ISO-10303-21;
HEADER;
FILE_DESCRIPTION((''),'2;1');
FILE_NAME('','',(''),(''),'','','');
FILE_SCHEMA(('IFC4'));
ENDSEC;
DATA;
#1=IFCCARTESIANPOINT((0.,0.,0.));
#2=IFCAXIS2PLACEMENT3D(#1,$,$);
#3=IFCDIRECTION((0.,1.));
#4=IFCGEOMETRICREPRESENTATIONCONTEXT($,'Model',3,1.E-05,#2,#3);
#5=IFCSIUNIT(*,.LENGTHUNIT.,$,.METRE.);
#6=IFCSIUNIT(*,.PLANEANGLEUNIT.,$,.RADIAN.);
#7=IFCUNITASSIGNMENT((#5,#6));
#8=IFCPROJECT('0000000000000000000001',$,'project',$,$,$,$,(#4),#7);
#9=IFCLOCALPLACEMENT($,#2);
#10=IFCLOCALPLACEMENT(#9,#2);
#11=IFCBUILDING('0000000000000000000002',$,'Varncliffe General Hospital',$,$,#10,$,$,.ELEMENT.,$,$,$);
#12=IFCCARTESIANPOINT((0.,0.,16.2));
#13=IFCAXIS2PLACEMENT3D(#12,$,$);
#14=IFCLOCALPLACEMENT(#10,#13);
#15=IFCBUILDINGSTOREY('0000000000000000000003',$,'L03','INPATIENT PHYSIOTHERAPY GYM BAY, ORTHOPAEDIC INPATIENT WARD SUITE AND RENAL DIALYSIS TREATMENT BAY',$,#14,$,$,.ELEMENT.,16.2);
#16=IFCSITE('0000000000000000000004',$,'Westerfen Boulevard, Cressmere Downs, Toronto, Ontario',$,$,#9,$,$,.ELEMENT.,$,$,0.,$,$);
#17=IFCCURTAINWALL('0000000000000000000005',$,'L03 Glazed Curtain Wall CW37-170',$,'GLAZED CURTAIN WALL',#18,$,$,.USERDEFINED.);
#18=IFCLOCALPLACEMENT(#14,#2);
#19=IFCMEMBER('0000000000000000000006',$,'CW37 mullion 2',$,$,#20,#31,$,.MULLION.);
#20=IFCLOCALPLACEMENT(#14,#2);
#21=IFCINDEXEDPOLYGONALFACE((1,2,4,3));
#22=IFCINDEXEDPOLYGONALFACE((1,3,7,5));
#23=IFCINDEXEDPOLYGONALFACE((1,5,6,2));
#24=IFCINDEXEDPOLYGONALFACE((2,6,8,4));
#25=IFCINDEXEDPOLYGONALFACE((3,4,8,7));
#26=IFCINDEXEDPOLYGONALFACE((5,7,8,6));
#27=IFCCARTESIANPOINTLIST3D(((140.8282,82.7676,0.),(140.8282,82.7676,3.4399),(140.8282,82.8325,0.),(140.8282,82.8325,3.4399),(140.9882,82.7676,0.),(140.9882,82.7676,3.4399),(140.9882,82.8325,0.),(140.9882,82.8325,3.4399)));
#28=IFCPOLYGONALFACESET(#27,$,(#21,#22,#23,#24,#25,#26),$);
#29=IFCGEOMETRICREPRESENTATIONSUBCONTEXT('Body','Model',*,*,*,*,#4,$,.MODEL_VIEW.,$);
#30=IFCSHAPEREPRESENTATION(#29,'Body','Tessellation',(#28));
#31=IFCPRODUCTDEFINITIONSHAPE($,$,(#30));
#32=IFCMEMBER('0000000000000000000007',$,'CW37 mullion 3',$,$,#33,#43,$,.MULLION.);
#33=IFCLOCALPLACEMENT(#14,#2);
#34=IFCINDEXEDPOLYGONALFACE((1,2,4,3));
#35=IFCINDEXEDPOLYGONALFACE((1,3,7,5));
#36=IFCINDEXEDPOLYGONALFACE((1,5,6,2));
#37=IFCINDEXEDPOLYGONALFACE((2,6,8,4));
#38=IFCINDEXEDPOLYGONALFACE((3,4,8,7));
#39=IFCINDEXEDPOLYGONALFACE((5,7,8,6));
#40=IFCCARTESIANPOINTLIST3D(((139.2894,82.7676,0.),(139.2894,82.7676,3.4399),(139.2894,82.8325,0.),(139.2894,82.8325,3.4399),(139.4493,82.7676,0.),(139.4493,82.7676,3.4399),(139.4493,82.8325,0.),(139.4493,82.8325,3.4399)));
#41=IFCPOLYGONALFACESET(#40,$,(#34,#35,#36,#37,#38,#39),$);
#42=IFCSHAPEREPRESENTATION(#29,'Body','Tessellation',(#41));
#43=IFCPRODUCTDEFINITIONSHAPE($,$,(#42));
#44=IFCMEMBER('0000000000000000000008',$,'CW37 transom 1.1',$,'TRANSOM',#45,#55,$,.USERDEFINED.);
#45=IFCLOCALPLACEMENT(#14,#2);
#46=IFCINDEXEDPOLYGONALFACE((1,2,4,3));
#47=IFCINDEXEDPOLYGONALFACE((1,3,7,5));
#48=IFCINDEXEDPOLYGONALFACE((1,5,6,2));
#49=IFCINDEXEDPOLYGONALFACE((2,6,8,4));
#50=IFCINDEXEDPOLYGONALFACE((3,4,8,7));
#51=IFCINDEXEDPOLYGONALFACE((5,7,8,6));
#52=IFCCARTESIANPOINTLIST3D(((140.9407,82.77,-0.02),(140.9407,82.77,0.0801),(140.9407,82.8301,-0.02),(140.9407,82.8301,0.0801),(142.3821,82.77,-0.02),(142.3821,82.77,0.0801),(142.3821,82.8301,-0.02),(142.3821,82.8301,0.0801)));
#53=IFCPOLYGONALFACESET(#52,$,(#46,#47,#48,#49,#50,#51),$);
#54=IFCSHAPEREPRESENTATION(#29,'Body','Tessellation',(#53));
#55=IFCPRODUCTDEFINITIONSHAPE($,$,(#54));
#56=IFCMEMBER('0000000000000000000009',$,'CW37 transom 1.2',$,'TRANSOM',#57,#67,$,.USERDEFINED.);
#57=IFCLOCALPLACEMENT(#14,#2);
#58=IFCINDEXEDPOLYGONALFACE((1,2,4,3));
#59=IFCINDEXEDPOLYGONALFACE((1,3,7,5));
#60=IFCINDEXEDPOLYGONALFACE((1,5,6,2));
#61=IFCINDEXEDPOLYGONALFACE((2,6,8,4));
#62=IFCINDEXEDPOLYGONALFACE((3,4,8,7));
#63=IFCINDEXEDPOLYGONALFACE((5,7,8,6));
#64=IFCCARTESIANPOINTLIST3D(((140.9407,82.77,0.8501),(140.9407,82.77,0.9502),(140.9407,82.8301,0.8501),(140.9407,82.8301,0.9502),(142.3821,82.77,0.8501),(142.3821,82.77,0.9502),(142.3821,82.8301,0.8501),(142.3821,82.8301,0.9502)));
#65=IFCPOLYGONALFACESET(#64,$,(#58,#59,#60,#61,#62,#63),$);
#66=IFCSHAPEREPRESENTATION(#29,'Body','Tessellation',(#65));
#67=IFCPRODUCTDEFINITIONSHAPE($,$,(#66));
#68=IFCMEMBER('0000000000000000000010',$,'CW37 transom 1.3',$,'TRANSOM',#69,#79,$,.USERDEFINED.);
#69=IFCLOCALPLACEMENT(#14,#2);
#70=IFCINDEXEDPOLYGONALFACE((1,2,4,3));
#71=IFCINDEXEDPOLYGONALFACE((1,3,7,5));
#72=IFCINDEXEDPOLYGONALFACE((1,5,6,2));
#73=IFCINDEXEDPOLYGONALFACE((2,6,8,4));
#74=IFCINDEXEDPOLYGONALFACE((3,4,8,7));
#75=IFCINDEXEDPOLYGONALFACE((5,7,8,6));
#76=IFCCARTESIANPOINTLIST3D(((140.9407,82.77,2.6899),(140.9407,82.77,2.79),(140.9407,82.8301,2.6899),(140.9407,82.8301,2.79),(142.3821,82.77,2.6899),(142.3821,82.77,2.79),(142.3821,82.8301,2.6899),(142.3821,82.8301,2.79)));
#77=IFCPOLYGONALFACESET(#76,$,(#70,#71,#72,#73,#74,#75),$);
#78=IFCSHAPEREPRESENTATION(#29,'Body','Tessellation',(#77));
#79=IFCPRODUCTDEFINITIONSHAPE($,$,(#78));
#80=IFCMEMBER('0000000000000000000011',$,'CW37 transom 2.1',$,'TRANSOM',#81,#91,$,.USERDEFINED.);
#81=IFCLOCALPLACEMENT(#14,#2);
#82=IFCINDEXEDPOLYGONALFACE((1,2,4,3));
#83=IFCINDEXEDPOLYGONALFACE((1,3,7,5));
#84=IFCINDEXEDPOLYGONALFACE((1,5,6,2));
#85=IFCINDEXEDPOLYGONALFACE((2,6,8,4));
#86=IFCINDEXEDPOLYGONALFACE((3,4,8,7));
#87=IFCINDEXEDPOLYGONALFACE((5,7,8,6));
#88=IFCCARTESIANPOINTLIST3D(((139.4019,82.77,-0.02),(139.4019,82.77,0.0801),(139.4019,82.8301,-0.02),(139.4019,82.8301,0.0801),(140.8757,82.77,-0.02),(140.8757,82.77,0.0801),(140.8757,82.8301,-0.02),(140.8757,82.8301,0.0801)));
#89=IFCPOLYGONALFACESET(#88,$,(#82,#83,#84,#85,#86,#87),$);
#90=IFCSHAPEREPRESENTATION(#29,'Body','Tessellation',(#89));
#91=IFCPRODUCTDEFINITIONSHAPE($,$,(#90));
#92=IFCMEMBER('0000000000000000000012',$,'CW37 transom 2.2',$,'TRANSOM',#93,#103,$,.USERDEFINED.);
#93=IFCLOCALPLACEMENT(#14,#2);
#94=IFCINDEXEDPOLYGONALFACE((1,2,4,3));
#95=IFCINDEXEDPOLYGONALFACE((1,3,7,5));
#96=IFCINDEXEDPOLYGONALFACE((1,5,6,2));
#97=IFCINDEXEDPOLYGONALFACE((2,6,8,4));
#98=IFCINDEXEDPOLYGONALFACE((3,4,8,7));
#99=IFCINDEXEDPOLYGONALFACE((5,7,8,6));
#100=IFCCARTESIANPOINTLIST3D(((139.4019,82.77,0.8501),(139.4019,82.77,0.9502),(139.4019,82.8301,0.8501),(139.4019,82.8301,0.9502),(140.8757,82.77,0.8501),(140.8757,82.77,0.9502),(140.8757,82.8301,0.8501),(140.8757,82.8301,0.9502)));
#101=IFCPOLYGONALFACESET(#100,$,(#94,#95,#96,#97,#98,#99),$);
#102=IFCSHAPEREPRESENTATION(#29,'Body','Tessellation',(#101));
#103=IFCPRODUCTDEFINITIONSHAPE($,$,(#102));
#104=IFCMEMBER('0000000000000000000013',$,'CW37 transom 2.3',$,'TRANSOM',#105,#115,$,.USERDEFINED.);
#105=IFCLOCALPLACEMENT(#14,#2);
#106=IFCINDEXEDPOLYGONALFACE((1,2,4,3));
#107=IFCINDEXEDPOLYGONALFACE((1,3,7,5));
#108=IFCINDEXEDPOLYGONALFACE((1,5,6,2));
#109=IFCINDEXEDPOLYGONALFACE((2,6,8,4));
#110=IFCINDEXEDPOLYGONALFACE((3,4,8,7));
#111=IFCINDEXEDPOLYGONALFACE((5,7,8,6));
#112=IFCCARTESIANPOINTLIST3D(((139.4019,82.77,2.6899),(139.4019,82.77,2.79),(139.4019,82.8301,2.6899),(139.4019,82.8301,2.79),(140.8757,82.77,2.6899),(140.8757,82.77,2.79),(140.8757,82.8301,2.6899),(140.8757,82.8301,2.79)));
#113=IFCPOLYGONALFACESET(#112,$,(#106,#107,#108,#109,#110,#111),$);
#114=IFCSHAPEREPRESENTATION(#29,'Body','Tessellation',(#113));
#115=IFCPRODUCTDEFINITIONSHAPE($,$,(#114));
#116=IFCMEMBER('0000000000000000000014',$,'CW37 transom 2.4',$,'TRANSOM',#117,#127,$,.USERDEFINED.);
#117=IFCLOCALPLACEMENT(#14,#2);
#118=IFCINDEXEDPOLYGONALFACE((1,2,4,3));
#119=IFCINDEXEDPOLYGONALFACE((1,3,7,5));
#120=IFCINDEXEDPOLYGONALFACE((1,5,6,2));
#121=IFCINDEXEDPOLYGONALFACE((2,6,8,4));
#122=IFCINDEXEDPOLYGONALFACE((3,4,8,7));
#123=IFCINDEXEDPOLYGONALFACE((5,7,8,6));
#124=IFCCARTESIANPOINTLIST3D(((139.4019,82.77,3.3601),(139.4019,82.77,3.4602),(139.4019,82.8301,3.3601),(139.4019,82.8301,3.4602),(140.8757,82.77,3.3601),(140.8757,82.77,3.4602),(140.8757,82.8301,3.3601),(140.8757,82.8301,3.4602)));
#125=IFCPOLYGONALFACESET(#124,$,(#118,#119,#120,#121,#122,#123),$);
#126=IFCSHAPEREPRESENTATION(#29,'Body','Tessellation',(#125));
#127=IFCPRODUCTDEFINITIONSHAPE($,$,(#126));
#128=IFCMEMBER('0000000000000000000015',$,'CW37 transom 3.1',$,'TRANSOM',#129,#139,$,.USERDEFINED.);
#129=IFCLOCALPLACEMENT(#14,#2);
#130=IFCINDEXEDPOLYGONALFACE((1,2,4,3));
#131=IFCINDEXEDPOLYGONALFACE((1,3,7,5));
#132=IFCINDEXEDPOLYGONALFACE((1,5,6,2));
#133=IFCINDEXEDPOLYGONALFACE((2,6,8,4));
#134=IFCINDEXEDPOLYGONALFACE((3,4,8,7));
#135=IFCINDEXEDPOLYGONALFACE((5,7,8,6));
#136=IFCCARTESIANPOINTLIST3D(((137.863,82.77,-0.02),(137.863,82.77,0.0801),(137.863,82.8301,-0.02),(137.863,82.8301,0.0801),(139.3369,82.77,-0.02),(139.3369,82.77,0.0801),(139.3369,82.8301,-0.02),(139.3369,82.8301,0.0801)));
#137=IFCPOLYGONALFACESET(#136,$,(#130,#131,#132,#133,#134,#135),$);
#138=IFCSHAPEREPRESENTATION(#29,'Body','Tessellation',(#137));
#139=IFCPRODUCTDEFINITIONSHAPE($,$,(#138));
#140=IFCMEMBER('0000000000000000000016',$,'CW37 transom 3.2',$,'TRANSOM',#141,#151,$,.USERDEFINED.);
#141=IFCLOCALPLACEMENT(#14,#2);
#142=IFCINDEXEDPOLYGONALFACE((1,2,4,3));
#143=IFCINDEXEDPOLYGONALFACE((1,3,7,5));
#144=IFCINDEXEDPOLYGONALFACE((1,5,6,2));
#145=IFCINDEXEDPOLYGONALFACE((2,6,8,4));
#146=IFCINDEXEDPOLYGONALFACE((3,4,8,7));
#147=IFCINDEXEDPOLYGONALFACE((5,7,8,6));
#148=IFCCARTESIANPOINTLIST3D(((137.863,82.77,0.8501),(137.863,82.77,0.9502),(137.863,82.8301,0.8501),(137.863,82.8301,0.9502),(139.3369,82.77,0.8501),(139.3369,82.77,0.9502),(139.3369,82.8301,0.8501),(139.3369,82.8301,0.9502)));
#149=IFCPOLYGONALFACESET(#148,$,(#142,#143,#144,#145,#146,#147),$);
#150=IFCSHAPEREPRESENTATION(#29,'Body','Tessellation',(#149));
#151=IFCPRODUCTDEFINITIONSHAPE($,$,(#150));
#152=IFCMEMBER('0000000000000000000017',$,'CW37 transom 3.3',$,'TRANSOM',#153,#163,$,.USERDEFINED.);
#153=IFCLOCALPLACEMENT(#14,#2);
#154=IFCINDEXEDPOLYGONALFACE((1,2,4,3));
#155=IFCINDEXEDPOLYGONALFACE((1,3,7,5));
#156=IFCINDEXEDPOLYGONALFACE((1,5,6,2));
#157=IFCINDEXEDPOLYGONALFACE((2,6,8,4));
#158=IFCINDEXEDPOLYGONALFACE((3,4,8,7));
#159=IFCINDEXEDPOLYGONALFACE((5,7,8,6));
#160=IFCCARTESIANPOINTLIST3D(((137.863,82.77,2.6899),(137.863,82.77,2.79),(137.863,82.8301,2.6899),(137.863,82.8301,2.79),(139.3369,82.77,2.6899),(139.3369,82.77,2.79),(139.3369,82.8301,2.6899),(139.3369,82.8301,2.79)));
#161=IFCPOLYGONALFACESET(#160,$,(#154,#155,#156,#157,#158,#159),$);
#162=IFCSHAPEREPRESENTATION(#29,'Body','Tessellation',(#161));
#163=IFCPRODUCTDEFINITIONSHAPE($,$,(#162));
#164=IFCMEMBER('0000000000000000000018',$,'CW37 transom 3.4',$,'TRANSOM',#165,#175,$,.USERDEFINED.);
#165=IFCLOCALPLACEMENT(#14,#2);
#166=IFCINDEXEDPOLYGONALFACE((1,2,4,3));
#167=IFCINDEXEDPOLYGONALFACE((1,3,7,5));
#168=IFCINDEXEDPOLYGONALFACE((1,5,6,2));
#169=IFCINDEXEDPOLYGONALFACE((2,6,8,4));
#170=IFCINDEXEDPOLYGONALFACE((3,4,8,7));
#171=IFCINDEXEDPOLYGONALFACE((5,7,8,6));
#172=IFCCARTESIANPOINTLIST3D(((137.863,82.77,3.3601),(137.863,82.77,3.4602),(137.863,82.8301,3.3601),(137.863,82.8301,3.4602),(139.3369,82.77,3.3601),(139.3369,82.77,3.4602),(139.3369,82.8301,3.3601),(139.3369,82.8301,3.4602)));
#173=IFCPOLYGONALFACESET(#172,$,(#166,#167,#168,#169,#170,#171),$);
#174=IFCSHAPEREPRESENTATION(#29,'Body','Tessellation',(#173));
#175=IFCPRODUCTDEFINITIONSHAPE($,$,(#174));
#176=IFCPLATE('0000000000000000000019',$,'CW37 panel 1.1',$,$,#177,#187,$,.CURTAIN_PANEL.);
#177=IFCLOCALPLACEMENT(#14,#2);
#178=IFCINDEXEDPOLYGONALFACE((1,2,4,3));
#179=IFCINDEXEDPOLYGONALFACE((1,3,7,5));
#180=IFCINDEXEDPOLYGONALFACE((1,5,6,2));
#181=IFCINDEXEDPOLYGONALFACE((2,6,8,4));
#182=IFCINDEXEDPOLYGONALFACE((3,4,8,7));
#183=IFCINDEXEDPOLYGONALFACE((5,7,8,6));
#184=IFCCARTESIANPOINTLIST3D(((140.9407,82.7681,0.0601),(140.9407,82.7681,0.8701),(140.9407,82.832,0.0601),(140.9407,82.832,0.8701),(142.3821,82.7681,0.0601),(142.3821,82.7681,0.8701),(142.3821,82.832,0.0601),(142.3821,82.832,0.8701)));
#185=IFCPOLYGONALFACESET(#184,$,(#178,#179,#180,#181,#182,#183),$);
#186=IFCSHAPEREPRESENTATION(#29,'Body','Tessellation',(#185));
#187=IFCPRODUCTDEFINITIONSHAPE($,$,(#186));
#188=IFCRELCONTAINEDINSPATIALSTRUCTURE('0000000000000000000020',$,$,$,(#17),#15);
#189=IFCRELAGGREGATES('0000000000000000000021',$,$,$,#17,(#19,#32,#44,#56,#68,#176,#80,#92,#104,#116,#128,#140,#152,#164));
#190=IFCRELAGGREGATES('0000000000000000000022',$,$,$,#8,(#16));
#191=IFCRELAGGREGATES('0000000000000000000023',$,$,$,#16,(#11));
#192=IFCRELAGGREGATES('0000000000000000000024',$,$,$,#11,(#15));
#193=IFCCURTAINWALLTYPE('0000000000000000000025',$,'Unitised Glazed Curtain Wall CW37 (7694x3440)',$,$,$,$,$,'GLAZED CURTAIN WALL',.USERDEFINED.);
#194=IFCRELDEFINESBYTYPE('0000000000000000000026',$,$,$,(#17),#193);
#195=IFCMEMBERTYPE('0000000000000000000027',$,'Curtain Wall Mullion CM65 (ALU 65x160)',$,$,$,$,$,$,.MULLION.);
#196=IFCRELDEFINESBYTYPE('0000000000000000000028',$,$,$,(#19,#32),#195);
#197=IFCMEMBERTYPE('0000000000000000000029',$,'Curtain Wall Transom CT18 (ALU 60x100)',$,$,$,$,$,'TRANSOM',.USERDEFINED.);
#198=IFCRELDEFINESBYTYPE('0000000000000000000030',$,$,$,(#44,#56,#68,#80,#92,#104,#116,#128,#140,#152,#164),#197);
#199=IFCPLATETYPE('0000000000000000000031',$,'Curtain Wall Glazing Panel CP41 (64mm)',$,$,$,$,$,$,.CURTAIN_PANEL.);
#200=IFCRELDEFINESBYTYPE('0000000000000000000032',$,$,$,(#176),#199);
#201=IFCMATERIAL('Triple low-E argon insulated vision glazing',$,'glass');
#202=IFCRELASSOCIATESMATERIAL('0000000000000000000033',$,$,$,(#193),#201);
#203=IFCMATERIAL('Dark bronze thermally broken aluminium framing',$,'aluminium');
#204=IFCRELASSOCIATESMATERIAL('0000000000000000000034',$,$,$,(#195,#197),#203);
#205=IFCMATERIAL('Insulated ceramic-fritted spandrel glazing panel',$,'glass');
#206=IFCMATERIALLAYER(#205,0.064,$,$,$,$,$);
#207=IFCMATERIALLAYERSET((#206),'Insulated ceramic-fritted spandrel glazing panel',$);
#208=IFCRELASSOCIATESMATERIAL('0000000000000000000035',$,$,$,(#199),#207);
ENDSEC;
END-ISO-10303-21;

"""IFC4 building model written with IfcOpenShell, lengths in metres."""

from ifc_helpers import new_model, si_unit, direction, frame, origin, origin_2d, place, context, subcontext, project, spatial, rectangle, extrude, material, layer, layer_set, material_profile, profile_set, type_object, element, aggregate, save


model = new_model("IFC4")

# Units and contexts
model_context = context("Model", 3, precision=1e-05, world=origin(), true_north=direction((0.0, 1.0)))
body_context = subcontext(model_context, "Body", "Model", "MODEL_VIEW")
ifc_project = project(units=[si_unit("LENGTHUNIT", "METRE"), si_unit("PLANEANGLEUNIT", "RADIAN")], contexts=[model_context])

# Site, building, storey
site_placement = place(None, origin())
site = spatial("IfcSite", under=ifc_project, at=site_placement, Name="Westerfen Boulevard, Cressmere Downs, Toronto, Ontario", CompositionType="ELEMENT", RefElevation=0.0)
building_placement = place(site_placement, origin())
building = spatial("IfcBuilding", under=site, at=building_placement, Name="Varncliffe General Hospital", CompositionType="ELEMENT")
storey_placement = place(building_placement, frame((0.0, 0.0, 16.2)))
storey = spatial("IfcBuildingStorey", under=building, at=storey_placement, Name="L03", Description="INPATIENT PHYSIOTHERAPY GYM BAY, ORTHOPAEDIC INPATIENT WARD SUITE AND RENAL DIALYSIS TREATMENT BAY", CompositionType="ELEMENT", Elevation=16.2)

# Curtain wall, members, plate
ifc_material_1 = material(Name="Triple low-E argon insulated vision glazing", Category="glass")
curtain_wall_type = type_object("IfcCurtainWallType", Name="Unitised Glazed Curtain Wall CW37 (7694x3440)", ElementType="GLAZED CURTAIN WALL", PredefinedType="USERDEFINED", material=ifc_material_1)
curtain_wall_placement = place(storey_placement, origin())
curtain_wall = element("IfcCurtainWall", 1, at=curtain_wall_placement, inside=storey, type_object=curtain_wall_type, Name="L03 Glazed Curtain Wall CW37-170", ObjectType="GLAZED CURTAIN WALL", PredefinedType="USERDEFINED")
ifc_material_2 = material(Name="Dark bronze thermally broken aluminium framing", Category="aluminium")
ifc_material_profile_1 = material_profile(ifc_material_2, rectangle(XDim=0.0649, YDim=0.1599, at=origin_2d()), Name="ALU 65x160")
ifc_profile_set_1 = profile_set([ifc_material_profile_1], Name="Dark bronze thermally broken aluminium framing")
member_type_1 = type_object("IfcMemberType", Name="Curtain Wall Mullion CM65 (ALU 65x160)", PredefinedType="MULLION", material=ifc_profile_set_1)
member_1_placement = place(storey_placement, frame((140.9082, 82.8, 0.0), z_axis=(0.0, 0.0, 1.0), x_axis=(0.0, -1.0, 0.0)))
member_1 = element("IfcMember", 2, at=member_1_placement, type_object=member_type_1, Name="CW37 mullion 2", PredefinedType="MULLION", context=body_context, shape_type="SweptSolid", body=[
    extrude(rectangle(XDim=0.0649, YDim=0.1599, at=origin_2d()), origin(), (0.0, 0.0, 1.0), 3.4399),
])
member_2_placement = place(storey_placement, frame((139.3694, 82.8, 0.0), z_axis=(0.0, 0.0, 1.0), x_axis=(0.0, -1.0, 0.0)))
member_2 = element("IfcMember", 3, at=member_2_placement, type_object=member_type_1, Name="CW37 mullion 3", PredefinedType="MULLION", context=body_context, shape_type="SweptSolid", body=[
    extrude(rectangle(XDim=0.0649, YDim=0.1599, at=origin_2d()), origin(), (0.0, 0.0, 1.0), 3.4399),
])
ifc_material_profile_2 = material_profile(ifc_material_2, rectangle(XDim=0.0601, YDim=0.1001, at=origin_2d()), Name="ALU 60x100")
ifc_profile_set_2 = profile_set([ifc_material_profile_2], Name="Dark bronze thermally broken aluminium framing")
member_type_2 = type_object("IfcMemberType", Name="Curtain Wall Transom CT18 (ALU 60x100)", ElementType="TRANSOM", PredefinedType="USERDEFINED", material=ifc_profile_set_2)
member_3_placement = place(storey_placement, frame((142.3821, 82.8, 0.03), z_axis=(-1.0, 0.0, 0.0), x_axis=(0.0, -1.0, 0.0)))
member_3 = element("IfcMember", 4, at=member_3_placement, type_object=member_type_2, Name="CW37 transom 1.1", ObjectType="TRANSOM", PredefinedType="USERDEFINED", context=body_context, shape_type="SweptSolid", body=[
    extrude(rectangle(XDim=0.0601, YDim=0.1001, at=origin_2d()), origin(), (0.0, 0.0, 1.0), 1.4414),
])
member_4_placement = place(storey_placement, frame((142.3821, 82.8, 0.9001), z_axis=(-1.0, 0.0, 0.0), x_axis=(0.0, -1.0, 0.0)))
member_4 = element("IfcMember", 5, at=member_4_placement, type_object=member_type_2, Name="CW37 transom 1.2", ObjectType="TRANSOM", PredefinedType="USERDEFINED", context=body_context, shape_type="SweptSolid", body=[
    extrude(rectangle(XDim=0.0601, YDim=0.1001, at=origin_2d()), origin(), (0.0, 0.0, 1.0), 1.4414),
])
member_5_placement = place(storey_placement, frame((142.3821, 82.8, 2.74), z_axis=(-1.0, 0.0, 0.0), x_axis=(0.0, -1.0, 0.0)))
member_5 = element("IfcMember", 6, at=member_5_placement, type_object=member_type_2, Name="CW37 transom 1.3", ObjectType="TRANSOM", PredefinedType="USERDEFINED", context=body_context, shape_type="SweptSolid", body=[
    extrude(rectangle(XDim=0.0601, YDim=0.1001, at=origin_2d()), origin(), (0.0, 0.0, 1.0), 1.4414),
])
member_6_placement = place(storey_placement, frame((140.8757, 82.8, 0.03), z_axis=(-1.0, 0.0, 0.0), x_axis=(0.0, -1.0, 0.0)))
member_6 = element("IfcMember", 7, at=member_6_placement, type_object=member_type_2, Name="CW37 transom 2.1", ObjectType="TRANSOM", PredefinedType="USERDEFINED", context=body_context, shape_type="SweptSolid", body=[
    extrude(rectangle(XDim=0.0601, YDim=0.1001, at=origin_2d()), origin(), (0.0, 0.0, 1.0), 1.4739),
])
member_7_placement = place(storey_placement, frame((140.8757, 82.8, 0.9001), z_axis=(-1.0, 0.0, 0.0), x_axis=(0.0, -1.0, 0.0)))
member_7 = element("IfcMember", 8, at=member_7_placement, type_object=member_type_2, Name="CW37 transom 2.2", ObjectType="TRANSOM", PredefinedType="USERDEFINED", context=body_context, shape_type="SweptSolid", body=[
    extrude(rectangle(XDim=0.0601, YDim=0.1001, at=origin_2d()), origin(), (0.0, 0.0, 1.0), 1.4739),
])
member_8_placement = place(storey_placement, frame((140.8757, 82.8, 2.74), z_axis=(-1.0, 0.0, 0.0), x_axis=(0.0, -1.0, 0.0)))
member_8 = element("IfcMember", 9, at=member_8_placement, type_object=member_type_2, Name="CW37 transom 2.3", ObjectType="TRANSOM", PredefinedType="USERDEFINED", context=body_context, shape_type="SweptSolid", body=[
    extrude(rectangle(XDim=0.0601, YDim=0.1001, at=origin_2d()), origin(), (0.0, 0.0, 1.0), 1.4739),
])
member_9_placement = place(storey_placement, frame((140.8757, 82.8, 3.4102), z_axis=(-1.0, 0.0, 0.0), x_axis=(0.0, -1.0, 0.0)))
member_9 = element("IfcMember", 10, at=member_9_placement, type_object=member_type_2, Name="CW37 transom 2.4", ObjectType="TRANSOM", PredefinedType="USERDEFINED", context=body_context, shape_type="SweptSolid", body=[
    extrude(rectangle(XDim=0.0601, YDim=0.1001, at=origin_2d()), origin(), (0.0, 0.0, 1.0), 1.4739),
])
member_10_placement = place(storey_placement, frame((139.3369, 82.8, 0.03), z_axis=(-1.0, 0.0, 0.0), x_axis=(0.0, -1.0, 0.0)))
member_10 = element("IfcMember", 11, at=member_10_placement, type_object=member_type_2, Name="CW37 transom 3.1", ObjectType="TRANSOM", PredefinedType="USERDEFINED", context=body_context, shape_type="SweptSolid", body=[
    extrude(rectangle(XDim=0.0601, YDim=0.1001, at=origin_2d()), origin(), (0.0, 0.0, 1.0), 1.4739),
])
member_11_placement = place(storey_placement, frame((139.3369, 82.8, 0.9001), z_axis=(-1.0, 0.0, 0.0), x_axis=(0.0, -1.0, 0.0)))
member_11 = element("IfcMember", 12, at=member_11_placement, type_object=member_type_2, Name="CW37 transom 3.2", ObjectType="TRANSOM", PredefinedType="USERDEFINED", context=body_context, shape_type="SweptSolid", body=[
    extrude(rectangle(XDim=0.0601, YDim=0.1001, at=origin_2d()), origin(), (0.0, 0.0, 1.0), 1.4739),
])
member_12_placement = place(storey_placement, frame((139.3369, 82.8, 2.74), z_axis=(-1.0, 0.0, 0.0), x_axis=(0.0, -1.0, 0.0)))
member_12 = element("IfcMember", 13, at=member_12_placement, type_object=member_type_2, Name="CW37 transom 3.3", ObjectType="TRANSOM", PredefinedType="USERDEFINED", context=body_context, shape_type="SweptSolid", body=[
    extrude(rectangle(XDim=0.0601, YDim=0.1001, at=origin_2d()), origin(), (0.0, 0.0, 1.0), 1.4739),
])
member_13_placement = place(storey_placement, frame((139.3369, 82.8, 3.4102), z_axis=(-1.0, 0.0, 0.0), x_axis=(0.0, -1.0, 0.0)))
member_13 = element("IfcMember", 14, at=member_13_placement, type_object=member_type_2, Name="CW37 transom 3.4", ObjectType="TRANSOM", PredefinedType="USERDEFINED", context=body_context, shape_type="SweptSolid", body=[
    extrude(rectangle(XDim=0.0601, YDim=0.1001, at=origin_2d()), origin(), (0.0, 0.0, 1.0), 1.4739),
])
ifc_material_3 = material(Name="Insulated ceramic-fritted spandrel glazing panel", Category="glass")
ifc_layer = layer(ifc_material_3, 0.064)
ifc_layer_set = layer_set([ifc_layer], Name="Insulated ceramic-fritted spandrel glazing panel")
plate_type = type_object("IfcPlateType", Name="Curtain Wall Glazing Panel CP41 (64mm)", PredefinedType="CURTAIN_PANEL", material=ifc_layer_set)
plate_1_placement = place(storey_placement, frame((141.6614, 82.8, 0.0601), z_axis=(0.0, 0.0, 1.0), x_axis=(-1.0, 0.0, 0.0)))
plate_1 = element("IfcPlate", 15, at=plate_1_placement, type_object=plate_type, Name="CW37 panel 1.1", PredefinedType="CURTAIN_PANEL", context=body_context, shape_type="SweptSolid", body=[
    extrude(rectangle(XDim=1.4414, YDim=0.064, at=origin_2d()), origin(), (0.0, 0.0, 1.0), 0.8101),
])
aggregate(curtain_wall, [member_1, member_2, member_3, member_4, member_5, plate_1, member_6, member_7, member_8, member_9, member_10, member_11, member_12, member_13])

save(model, "model.ifc")
